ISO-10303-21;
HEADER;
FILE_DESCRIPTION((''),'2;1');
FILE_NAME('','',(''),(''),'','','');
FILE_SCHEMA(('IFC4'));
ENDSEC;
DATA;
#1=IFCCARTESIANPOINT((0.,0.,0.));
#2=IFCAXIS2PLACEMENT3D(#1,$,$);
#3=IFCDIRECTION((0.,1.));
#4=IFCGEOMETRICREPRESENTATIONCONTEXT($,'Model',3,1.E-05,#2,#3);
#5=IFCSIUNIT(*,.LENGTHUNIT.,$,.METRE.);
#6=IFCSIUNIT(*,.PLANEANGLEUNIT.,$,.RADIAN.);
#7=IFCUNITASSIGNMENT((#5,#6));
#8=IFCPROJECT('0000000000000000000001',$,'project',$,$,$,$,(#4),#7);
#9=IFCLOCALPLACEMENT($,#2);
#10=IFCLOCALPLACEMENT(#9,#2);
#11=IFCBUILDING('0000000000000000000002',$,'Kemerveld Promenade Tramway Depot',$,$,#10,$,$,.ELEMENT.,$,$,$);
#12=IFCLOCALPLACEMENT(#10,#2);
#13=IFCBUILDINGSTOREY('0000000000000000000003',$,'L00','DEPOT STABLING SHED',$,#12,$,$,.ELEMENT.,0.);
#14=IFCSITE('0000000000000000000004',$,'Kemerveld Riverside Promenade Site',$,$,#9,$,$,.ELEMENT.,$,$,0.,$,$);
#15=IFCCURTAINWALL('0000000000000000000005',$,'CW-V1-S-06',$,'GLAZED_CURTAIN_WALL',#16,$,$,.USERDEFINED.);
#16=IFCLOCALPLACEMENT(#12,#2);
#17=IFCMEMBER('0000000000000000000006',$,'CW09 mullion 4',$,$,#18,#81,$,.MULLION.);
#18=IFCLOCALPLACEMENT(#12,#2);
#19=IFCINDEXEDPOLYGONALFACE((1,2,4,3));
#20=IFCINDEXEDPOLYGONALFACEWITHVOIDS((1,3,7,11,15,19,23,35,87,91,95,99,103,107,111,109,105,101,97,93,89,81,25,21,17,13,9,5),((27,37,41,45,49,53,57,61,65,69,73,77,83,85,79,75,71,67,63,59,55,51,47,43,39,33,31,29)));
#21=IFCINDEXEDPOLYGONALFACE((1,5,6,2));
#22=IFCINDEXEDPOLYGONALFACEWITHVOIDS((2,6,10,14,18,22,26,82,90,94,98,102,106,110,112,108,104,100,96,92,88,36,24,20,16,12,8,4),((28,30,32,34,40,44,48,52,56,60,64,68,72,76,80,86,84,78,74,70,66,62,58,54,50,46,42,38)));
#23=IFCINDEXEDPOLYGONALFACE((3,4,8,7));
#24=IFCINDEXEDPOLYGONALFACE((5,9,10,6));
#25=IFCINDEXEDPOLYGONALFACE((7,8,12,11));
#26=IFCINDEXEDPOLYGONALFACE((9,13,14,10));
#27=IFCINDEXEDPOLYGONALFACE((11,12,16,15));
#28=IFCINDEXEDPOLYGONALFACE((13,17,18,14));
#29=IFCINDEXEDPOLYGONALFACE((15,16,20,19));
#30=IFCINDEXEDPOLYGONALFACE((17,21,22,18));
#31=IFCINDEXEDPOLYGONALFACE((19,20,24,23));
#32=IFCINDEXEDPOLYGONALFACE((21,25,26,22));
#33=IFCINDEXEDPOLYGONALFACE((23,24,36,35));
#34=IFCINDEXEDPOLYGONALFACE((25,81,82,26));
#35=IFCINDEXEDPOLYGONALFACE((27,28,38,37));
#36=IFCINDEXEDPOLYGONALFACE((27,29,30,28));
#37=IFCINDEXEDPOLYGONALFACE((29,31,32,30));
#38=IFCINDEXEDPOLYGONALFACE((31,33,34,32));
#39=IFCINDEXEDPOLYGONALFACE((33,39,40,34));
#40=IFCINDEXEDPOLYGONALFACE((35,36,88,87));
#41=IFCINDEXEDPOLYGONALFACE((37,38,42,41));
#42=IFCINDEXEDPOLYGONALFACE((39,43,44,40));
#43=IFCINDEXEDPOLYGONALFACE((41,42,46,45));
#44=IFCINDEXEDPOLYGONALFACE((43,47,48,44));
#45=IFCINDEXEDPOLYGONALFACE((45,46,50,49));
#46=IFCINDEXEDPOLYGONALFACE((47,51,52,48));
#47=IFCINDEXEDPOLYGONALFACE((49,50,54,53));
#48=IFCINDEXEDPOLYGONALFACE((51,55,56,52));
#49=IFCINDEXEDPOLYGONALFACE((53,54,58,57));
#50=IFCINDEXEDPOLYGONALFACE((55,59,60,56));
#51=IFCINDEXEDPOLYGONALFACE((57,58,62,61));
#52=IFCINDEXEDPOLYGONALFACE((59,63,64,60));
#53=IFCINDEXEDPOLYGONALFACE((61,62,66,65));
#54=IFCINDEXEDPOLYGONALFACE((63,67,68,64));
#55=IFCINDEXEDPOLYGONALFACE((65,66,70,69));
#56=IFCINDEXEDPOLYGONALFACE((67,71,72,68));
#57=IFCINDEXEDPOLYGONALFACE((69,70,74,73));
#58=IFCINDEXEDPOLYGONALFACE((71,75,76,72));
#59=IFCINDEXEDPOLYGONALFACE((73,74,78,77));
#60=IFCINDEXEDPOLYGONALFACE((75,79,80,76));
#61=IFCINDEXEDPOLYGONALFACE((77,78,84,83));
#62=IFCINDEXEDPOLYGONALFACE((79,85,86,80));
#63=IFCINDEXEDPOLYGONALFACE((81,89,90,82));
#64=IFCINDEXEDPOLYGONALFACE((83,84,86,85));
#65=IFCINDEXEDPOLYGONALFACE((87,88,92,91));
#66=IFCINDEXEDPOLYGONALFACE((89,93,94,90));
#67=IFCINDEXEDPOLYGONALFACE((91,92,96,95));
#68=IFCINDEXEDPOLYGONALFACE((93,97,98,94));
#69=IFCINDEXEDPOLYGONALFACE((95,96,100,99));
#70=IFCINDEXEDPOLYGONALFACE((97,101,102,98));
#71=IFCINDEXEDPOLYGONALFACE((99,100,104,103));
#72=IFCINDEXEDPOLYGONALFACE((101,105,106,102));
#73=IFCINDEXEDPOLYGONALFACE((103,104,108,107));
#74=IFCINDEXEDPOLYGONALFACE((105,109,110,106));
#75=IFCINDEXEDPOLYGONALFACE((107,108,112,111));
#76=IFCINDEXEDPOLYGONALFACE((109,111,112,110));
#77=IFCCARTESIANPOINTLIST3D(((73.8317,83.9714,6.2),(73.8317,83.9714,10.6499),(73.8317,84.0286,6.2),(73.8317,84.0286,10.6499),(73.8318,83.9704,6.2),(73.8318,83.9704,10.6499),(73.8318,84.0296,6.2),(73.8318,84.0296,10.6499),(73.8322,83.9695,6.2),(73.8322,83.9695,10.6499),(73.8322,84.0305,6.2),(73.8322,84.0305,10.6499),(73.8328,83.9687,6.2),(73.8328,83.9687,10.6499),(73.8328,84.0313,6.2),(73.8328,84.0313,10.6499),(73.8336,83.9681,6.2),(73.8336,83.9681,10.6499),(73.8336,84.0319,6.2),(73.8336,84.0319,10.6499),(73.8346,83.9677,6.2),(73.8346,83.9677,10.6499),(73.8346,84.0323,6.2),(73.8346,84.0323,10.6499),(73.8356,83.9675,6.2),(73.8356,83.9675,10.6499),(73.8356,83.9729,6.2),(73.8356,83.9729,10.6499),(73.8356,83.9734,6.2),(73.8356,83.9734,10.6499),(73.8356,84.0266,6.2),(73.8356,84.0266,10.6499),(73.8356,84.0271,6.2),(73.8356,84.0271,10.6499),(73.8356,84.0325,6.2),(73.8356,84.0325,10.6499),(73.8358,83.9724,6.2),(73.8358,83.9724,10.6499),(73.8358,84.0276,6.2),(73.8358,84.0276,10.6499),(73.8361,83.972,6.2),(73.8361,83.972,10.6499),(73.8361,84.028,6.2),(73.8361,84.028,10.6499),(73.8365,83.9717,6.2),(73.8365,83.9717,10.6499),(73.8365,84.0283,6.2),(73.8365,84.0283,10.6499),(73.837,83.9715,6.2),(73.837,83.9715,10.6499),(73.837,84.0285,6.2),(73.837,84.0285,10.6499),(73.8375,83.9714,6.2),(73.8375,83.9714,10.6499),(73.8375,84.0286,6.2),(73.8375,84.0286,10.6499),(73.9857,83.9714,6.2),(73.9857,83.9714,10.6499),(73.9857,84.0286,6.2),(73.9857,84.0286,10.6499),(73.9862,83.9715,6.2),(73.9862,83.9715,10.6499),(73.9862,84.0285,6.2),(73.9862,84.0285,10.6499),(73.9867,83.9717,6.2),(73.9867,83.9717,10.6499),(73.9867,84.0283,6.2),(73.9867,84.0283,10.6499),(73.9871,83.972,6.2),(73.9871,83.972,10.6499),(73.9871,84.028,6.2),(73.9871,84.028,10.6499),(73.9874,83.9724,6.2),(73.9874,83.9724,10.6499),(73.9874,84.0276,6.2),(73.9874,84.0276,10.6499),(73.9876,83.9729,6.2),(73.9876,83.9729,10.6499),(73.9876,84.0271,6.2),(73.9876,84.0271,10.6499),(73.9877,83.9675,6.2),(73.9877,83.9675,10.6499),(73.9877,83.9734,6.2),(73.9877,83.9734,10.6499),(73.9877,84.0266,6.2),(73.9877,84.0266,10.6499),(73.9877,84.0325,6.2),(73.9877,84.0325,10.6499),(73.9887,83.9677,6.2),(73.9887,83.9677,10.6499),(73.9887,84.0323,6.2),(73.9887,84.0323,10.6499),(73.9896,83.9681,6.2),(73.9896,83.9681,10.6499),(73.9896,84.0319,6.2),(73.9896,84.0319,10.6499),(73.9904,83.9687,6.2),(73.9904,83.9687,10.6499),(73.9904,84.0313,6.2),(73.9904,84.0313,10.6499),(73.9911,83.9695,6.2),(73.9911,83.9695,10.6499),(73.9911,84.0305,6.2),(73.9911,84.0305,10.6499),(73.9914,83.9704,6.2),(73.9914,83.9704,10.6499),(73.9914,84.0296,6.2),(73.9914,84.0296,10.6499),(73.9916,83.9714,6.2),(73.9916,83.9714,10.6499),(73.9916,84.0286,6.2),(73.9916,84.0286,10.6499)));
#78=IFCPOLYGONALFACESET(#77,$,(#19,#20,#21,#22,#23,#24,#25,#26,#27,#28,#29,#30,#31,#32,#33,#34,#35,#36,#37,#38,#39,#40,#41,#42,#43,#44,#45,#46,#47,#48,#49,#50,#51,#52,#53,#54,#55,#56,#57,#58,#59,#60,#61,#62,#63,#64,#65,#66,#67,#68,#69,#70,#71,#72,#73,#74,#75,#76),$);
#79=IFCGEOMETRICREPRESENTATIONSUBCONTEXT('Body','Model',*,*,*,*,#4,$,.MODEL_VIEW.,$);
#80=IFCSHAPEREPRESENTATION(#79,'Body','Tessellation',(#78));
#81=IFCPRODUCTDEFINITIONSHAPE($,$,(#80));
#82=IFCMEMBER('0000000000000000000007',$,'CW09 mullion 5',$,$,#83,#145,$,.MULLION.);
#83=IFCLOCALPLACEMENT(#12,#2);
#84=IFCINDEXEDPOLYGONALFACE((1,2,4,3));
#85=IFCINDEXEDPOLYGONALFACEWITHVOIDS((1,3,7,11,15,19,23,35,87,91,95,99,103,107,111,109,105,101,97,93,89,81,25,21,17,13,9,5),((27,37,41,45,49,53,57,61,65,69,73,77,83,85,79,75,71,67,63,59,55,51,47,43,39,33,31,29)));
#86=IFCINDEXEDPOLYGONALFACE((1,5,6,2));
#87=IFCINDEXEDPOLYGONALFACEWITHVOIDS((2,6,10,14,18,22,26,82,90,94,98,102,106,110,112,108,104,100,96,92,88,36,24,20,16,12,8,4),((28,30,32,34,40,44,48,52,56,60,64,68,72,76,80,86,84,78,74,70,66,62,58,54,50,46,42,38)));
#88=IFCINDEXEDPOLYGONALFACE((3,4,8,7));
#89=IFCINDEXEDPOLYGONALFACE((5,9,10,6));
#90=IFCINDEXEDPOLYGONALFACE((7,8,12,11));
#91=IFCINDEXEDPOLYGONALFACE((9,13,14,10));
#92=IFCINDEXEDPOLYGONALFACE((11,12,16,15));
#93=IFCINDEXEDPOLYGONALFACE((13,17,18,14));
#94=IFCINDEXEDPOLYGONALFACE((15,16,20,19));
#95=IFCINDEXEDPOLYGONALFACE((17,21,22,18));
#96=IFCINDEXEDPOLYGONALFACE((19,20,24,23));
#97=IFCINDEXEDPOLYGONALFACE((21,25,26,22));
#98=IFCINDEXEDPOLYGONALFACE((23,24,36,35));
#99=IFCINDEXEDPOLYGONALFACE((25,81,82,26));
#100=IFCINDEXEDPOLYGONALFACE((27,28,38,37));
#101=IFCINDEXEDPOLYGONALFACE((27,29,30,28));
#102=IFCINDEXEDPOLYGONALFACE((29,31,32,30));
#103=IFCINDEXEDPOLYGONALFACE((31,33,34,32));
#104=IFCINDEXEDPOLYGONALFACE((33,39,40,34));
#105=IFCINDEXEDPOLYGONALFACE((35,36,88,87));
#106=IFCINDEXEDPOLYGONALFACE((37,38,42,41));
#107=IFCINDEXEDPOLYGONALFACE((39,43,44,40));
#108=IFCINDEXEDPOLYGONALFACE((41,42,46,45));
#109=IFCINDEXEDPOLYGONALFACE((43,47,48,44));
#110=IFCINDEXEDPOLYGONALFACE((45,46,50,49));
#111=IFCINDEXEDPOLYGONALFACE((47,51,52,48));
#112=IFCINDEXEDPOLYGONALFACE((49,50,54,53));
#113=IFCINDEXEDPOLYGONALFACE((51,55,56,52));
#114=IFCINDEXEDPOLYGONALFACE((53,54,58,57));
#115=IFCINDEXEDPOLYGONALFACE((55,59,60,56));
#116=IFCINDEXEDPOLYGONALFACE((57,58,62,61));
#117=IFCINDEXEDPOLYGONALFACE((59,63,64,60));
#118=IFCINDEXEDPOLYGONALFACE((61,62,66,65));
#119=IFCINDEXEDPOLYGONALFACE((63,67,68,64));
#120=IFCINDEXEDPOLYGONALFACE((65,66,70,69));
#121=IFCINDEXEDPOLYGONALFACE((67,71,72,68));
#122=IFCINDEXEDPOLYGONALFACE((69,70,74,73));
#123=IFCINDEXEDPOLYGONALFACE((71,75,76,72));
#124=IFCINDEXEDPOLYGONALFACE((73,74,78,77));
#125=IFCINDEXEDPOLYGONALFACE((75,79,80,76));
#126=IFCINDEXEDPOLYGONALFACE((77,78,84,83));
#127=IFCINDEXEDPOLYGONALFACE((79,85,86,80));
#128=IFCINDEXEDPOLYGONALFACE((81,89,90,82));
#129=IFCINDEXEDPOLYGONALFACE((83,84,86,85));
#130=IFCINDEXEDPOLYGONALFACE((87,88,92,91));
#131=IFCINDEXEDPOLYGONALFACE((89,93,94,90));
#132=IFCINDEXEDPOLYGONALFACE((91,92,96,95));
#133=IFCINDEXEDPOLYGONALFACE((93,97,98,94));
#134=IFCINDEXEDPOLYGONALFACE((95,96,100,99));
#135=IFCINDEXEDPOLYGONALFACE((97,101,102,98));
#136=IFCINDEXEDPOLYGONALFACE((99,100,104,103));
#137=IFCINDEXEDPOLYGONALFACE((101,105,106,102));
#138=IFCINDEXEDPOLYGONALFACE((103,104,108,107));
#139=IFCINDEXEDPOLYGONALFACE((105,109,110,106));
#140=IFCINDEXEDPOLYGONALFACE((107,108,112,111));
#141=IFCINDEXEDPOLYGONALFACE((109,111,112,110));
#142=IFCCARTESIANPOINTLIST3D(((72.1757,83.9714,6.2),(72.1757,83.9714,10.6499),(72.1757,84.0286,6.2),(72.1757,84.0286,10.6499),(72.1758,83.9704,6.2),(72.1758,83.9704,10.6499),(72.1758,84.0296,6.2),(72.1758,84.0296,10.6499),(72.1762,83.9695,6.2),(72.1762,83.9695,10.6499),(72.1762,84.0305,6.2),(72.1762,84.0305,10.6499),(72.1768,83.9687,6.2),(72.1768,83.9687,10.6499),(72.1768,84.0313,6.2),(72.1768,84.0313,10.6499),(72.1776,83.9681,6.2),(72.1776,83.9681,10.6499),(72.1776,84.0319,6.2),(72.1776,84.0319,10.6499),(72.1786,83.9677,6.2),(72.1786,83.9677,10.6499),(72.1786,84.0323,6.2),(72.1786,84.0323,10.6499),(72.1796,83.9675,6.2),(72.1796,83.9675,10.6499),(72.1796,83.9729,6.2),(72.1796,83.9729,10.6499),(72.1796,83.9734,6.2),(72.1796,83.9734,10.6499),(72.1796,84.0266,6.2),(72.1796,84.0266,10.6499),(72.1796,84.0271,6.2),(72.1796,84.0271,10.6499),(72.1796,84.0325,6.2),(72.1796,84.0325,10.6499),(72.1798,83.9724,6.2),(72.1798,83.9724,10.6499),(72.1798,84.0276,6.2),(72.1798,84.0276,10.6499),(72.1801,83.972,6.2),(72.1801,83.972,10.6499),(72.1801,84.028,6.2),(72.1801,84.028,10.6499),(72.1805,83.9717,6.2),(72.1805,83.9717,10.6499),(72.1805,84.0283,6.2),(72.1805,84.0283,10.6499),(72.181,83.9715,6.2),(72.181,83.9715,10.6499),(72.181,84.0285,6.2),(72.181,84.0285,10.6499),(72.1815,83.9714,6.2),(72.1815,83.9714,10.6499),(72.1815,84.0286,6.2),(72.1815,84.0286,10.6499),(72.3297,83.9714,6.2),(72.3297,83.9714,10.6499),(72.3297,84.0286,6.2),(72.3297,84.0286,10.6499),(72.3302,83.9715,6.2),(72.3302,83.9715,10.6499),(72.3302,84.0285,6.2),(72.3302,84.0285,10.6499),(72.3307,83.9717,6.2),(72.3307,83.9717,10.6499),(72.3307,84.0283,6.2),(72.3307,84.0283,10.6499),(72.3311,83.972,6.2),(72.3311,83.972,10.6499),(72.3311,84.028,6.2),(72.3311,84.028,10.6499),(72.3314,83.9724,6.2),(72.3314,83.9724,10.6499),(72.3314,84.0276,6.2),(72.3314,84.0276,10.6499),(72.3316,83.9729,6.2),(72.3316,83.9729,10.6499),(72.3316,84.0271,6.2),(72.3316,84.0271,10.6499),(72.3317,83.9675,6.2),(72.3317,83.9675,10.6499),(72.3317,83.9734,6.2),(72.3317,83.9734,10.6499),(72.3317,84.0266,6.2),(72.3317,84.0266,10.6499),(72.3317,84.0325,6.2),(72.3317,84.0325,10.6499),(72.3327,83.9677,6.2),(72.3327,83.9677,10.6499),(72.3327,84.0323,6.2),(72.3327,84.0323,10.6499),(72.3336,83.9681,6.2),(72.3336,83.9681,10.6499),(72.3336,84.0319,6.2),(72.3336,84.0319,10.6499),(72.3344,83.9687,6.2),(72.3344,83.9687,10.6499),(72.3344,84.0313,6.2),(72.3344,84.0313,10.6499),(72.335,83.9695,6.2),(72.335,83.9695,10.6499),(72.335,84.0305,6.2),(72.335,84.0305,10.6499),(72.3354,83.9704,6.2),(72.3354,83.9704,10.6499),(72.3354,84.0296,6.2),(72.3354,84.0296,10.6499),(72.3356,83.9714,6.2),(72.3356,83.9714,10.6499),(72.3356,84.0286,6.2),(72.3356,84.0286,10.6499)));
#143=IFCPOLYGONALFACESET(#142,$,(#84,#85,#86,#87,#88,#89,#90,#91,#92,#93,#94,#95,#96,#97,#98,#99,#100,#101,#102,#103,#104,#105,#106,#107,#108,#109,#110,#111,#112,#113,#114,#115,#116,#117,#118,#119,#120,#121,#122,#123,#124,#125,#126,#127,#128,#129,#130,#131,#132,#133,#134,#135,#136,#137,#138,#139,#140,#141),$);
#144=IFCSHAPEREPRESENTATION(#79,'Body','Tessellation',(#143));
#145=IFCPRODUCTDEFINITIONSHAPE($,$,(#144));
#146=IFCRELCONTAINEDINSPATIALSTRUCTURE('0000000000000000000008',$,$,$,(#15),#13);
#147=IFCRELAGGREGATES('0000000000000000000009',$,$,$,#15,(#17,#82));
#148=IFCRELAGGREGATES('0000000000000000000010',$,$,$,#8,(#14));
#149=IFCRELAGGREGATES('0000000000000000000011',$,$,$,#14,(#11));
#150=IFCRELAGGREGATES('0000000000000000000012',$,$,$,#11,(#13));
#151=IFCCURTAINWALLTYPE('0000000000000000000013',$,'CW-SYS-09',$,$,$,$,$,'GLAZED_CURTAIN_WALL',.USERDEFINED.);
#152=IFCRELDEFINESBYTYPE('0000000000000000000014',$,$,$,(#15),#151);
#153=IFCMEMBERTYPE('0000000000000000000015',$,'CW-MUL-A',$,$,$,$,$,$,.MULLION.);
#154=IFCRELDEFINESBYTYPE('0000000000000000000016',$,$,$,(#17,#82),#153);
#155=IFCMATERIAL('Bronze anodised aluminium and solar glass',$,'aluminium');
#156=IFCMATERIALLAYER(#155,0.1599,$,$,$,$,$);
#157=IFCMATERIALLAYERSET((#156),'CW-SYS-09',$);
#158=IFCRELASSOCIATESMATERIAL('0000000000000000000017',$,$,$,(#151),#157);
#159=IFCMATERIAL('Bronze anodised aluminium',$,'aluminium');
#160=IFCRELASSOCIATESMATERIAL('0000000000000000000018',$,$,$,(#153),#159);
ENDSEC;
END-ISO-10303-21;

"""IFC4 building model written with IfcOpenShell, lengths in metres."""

from ifc_helpers import new_model, si_unit, direction, frame, origin, origin_2d, place, context, subcontext, project, spatial, hollow_rectangle, extrude, material, layer, layer_set, material_profile, profile_set, type_object, element, aggregate, save


model = new_model("IFC4")

# Units and contexts
model_context = context("Model", 3, precision=1e-05, world=origin(), true_north=direction((0.0, 1.0)))
body_context = subcontext(model_context, "Body", "Model", "MODEL_VIEW")
ifc_project = project(units=[si_unit("LENGTHUNIT", "METRE"), si_unit("PLANEANGLEUNIT", "RADIAN")], contexts=[model_context])

# Site, building, storey
site_placement = place(None, origin())
site = spatial("IfcSite", under=ifc_project, at=site_placement, Name="Kemerveld Riverside Promenade Site", CompositionType="ELEMENT", RefElevation=0.0)
building_placement = place(site_placement, origin())
building = spatial("IfcBuilding", under=site, at=building_placement, Name="Kemerveld Promenade Tramway Depot", CompositionType="ELEMENT")
storey_placement = place(building_placement, origin())
storey = spatial("IfcBuildingStorey", under=building, at=storey_placement, Name="L00", Description="DEPOT STABLING SHED", CompositionType="ELEMENT", Elevation=0.0)

# Curtain wall, members
ifc_material_1 = material(Name="Bronze anodised aluminium and solar glass", Category="aluminium")
ifc_layer_1 = layer(ifc_material_1, 0.1599)
ifc_layer_set_1 = layer_set([ifc_layer_1], Name="CW-SYS-09")
curtain_wall_type_1 = type_object("IfcCurtainWallType", Name="CW-SYS-09", ElementType="GLAZED_CURTAIN_WALL", PredefinedType="USERDEFINED", material=ifc_layer_set_1)
curtain_wall_1_placement = place(storey_placement, origin())
curtain_wall_1 = element("IfcCurtainWall", 1, at=curtain_wall_1_placement, inside=storey, type_object=curtain_wall_type_1, Name="CW-V1-S-06", ObjectType="GLAZED_CURTAIN_WALL", PredefinedType="USERDEFINED")
ifc_material_2 = material(Name="Bronze anodised aluminium", Category="aluminium")
ifc_material_profile_1 = material_profile(ifc_material_2, hollow_rectangle(XDim=0.0649, YDim=0.1599, WallThickness=0.0039, InnerFilletRadius=0.002, OuterFilletRadius=0.0039, at=origin_2d()), Name="CW-MUL-160x65")
ifc_profile_set_1 = profile_set([ifc_material_profile_1], Name="Bronze anodised aluminium")
member_type_1 = type_object("IfcMemberType", Name="CW-MUL-A", PredefinedType="MULLION", material=ifc_profile_set_1)
member_1_placement = place(storey_placement, frame((73.9116, 84.0, 6.2), z_axis=(0.0, 0.0, 1.0), x_axis=(0.0, -1.0, 0.0)))
member_1 = element("IfcMember", 2, at=member_1_placement, type_object=member_type_1, Name="CW09 mullion 4", PredefinedType="MULLION", context=body_context, shape_type="SweptSolid", body=[
    extrude(hollow_rectangle(XDim=0.0649, YDim=0.1599, WallThickness=0.0039, InnerFilletRadius=0.002, OuterFilletRadius=0.0039, at=origin_2d()), origin(), (0.0, 0.0, 1.0), 4.45),
])
member_2_placement = place(storey_placement, frame((72.2556, 84.0, 6.2), z_axis=(0.0, 0.0, 1.0), x_axis=(0.0, -1.0, 0.0)))
member_2 = element("IfcMember", 3, at=member_2_placement, type_object=member_type_1, Name="CW09 mullion 5", PredefinedType="MULLION", context=body_context, shape_type="SweptSolid", body=[
    extrude(hollow_rectangle(XDim=0.0649, YDim=0.1599, WallThickness=0.0039, InnerFilletRadius=0.002, OuterFilletRadius=0.0039, at=origin_2d()), origin(), (0.0, 0.0, 1.0), 4.45),
])

aggregate(curtain_wall_1, [member_1, member_2])

save(model, "model.ifc")
